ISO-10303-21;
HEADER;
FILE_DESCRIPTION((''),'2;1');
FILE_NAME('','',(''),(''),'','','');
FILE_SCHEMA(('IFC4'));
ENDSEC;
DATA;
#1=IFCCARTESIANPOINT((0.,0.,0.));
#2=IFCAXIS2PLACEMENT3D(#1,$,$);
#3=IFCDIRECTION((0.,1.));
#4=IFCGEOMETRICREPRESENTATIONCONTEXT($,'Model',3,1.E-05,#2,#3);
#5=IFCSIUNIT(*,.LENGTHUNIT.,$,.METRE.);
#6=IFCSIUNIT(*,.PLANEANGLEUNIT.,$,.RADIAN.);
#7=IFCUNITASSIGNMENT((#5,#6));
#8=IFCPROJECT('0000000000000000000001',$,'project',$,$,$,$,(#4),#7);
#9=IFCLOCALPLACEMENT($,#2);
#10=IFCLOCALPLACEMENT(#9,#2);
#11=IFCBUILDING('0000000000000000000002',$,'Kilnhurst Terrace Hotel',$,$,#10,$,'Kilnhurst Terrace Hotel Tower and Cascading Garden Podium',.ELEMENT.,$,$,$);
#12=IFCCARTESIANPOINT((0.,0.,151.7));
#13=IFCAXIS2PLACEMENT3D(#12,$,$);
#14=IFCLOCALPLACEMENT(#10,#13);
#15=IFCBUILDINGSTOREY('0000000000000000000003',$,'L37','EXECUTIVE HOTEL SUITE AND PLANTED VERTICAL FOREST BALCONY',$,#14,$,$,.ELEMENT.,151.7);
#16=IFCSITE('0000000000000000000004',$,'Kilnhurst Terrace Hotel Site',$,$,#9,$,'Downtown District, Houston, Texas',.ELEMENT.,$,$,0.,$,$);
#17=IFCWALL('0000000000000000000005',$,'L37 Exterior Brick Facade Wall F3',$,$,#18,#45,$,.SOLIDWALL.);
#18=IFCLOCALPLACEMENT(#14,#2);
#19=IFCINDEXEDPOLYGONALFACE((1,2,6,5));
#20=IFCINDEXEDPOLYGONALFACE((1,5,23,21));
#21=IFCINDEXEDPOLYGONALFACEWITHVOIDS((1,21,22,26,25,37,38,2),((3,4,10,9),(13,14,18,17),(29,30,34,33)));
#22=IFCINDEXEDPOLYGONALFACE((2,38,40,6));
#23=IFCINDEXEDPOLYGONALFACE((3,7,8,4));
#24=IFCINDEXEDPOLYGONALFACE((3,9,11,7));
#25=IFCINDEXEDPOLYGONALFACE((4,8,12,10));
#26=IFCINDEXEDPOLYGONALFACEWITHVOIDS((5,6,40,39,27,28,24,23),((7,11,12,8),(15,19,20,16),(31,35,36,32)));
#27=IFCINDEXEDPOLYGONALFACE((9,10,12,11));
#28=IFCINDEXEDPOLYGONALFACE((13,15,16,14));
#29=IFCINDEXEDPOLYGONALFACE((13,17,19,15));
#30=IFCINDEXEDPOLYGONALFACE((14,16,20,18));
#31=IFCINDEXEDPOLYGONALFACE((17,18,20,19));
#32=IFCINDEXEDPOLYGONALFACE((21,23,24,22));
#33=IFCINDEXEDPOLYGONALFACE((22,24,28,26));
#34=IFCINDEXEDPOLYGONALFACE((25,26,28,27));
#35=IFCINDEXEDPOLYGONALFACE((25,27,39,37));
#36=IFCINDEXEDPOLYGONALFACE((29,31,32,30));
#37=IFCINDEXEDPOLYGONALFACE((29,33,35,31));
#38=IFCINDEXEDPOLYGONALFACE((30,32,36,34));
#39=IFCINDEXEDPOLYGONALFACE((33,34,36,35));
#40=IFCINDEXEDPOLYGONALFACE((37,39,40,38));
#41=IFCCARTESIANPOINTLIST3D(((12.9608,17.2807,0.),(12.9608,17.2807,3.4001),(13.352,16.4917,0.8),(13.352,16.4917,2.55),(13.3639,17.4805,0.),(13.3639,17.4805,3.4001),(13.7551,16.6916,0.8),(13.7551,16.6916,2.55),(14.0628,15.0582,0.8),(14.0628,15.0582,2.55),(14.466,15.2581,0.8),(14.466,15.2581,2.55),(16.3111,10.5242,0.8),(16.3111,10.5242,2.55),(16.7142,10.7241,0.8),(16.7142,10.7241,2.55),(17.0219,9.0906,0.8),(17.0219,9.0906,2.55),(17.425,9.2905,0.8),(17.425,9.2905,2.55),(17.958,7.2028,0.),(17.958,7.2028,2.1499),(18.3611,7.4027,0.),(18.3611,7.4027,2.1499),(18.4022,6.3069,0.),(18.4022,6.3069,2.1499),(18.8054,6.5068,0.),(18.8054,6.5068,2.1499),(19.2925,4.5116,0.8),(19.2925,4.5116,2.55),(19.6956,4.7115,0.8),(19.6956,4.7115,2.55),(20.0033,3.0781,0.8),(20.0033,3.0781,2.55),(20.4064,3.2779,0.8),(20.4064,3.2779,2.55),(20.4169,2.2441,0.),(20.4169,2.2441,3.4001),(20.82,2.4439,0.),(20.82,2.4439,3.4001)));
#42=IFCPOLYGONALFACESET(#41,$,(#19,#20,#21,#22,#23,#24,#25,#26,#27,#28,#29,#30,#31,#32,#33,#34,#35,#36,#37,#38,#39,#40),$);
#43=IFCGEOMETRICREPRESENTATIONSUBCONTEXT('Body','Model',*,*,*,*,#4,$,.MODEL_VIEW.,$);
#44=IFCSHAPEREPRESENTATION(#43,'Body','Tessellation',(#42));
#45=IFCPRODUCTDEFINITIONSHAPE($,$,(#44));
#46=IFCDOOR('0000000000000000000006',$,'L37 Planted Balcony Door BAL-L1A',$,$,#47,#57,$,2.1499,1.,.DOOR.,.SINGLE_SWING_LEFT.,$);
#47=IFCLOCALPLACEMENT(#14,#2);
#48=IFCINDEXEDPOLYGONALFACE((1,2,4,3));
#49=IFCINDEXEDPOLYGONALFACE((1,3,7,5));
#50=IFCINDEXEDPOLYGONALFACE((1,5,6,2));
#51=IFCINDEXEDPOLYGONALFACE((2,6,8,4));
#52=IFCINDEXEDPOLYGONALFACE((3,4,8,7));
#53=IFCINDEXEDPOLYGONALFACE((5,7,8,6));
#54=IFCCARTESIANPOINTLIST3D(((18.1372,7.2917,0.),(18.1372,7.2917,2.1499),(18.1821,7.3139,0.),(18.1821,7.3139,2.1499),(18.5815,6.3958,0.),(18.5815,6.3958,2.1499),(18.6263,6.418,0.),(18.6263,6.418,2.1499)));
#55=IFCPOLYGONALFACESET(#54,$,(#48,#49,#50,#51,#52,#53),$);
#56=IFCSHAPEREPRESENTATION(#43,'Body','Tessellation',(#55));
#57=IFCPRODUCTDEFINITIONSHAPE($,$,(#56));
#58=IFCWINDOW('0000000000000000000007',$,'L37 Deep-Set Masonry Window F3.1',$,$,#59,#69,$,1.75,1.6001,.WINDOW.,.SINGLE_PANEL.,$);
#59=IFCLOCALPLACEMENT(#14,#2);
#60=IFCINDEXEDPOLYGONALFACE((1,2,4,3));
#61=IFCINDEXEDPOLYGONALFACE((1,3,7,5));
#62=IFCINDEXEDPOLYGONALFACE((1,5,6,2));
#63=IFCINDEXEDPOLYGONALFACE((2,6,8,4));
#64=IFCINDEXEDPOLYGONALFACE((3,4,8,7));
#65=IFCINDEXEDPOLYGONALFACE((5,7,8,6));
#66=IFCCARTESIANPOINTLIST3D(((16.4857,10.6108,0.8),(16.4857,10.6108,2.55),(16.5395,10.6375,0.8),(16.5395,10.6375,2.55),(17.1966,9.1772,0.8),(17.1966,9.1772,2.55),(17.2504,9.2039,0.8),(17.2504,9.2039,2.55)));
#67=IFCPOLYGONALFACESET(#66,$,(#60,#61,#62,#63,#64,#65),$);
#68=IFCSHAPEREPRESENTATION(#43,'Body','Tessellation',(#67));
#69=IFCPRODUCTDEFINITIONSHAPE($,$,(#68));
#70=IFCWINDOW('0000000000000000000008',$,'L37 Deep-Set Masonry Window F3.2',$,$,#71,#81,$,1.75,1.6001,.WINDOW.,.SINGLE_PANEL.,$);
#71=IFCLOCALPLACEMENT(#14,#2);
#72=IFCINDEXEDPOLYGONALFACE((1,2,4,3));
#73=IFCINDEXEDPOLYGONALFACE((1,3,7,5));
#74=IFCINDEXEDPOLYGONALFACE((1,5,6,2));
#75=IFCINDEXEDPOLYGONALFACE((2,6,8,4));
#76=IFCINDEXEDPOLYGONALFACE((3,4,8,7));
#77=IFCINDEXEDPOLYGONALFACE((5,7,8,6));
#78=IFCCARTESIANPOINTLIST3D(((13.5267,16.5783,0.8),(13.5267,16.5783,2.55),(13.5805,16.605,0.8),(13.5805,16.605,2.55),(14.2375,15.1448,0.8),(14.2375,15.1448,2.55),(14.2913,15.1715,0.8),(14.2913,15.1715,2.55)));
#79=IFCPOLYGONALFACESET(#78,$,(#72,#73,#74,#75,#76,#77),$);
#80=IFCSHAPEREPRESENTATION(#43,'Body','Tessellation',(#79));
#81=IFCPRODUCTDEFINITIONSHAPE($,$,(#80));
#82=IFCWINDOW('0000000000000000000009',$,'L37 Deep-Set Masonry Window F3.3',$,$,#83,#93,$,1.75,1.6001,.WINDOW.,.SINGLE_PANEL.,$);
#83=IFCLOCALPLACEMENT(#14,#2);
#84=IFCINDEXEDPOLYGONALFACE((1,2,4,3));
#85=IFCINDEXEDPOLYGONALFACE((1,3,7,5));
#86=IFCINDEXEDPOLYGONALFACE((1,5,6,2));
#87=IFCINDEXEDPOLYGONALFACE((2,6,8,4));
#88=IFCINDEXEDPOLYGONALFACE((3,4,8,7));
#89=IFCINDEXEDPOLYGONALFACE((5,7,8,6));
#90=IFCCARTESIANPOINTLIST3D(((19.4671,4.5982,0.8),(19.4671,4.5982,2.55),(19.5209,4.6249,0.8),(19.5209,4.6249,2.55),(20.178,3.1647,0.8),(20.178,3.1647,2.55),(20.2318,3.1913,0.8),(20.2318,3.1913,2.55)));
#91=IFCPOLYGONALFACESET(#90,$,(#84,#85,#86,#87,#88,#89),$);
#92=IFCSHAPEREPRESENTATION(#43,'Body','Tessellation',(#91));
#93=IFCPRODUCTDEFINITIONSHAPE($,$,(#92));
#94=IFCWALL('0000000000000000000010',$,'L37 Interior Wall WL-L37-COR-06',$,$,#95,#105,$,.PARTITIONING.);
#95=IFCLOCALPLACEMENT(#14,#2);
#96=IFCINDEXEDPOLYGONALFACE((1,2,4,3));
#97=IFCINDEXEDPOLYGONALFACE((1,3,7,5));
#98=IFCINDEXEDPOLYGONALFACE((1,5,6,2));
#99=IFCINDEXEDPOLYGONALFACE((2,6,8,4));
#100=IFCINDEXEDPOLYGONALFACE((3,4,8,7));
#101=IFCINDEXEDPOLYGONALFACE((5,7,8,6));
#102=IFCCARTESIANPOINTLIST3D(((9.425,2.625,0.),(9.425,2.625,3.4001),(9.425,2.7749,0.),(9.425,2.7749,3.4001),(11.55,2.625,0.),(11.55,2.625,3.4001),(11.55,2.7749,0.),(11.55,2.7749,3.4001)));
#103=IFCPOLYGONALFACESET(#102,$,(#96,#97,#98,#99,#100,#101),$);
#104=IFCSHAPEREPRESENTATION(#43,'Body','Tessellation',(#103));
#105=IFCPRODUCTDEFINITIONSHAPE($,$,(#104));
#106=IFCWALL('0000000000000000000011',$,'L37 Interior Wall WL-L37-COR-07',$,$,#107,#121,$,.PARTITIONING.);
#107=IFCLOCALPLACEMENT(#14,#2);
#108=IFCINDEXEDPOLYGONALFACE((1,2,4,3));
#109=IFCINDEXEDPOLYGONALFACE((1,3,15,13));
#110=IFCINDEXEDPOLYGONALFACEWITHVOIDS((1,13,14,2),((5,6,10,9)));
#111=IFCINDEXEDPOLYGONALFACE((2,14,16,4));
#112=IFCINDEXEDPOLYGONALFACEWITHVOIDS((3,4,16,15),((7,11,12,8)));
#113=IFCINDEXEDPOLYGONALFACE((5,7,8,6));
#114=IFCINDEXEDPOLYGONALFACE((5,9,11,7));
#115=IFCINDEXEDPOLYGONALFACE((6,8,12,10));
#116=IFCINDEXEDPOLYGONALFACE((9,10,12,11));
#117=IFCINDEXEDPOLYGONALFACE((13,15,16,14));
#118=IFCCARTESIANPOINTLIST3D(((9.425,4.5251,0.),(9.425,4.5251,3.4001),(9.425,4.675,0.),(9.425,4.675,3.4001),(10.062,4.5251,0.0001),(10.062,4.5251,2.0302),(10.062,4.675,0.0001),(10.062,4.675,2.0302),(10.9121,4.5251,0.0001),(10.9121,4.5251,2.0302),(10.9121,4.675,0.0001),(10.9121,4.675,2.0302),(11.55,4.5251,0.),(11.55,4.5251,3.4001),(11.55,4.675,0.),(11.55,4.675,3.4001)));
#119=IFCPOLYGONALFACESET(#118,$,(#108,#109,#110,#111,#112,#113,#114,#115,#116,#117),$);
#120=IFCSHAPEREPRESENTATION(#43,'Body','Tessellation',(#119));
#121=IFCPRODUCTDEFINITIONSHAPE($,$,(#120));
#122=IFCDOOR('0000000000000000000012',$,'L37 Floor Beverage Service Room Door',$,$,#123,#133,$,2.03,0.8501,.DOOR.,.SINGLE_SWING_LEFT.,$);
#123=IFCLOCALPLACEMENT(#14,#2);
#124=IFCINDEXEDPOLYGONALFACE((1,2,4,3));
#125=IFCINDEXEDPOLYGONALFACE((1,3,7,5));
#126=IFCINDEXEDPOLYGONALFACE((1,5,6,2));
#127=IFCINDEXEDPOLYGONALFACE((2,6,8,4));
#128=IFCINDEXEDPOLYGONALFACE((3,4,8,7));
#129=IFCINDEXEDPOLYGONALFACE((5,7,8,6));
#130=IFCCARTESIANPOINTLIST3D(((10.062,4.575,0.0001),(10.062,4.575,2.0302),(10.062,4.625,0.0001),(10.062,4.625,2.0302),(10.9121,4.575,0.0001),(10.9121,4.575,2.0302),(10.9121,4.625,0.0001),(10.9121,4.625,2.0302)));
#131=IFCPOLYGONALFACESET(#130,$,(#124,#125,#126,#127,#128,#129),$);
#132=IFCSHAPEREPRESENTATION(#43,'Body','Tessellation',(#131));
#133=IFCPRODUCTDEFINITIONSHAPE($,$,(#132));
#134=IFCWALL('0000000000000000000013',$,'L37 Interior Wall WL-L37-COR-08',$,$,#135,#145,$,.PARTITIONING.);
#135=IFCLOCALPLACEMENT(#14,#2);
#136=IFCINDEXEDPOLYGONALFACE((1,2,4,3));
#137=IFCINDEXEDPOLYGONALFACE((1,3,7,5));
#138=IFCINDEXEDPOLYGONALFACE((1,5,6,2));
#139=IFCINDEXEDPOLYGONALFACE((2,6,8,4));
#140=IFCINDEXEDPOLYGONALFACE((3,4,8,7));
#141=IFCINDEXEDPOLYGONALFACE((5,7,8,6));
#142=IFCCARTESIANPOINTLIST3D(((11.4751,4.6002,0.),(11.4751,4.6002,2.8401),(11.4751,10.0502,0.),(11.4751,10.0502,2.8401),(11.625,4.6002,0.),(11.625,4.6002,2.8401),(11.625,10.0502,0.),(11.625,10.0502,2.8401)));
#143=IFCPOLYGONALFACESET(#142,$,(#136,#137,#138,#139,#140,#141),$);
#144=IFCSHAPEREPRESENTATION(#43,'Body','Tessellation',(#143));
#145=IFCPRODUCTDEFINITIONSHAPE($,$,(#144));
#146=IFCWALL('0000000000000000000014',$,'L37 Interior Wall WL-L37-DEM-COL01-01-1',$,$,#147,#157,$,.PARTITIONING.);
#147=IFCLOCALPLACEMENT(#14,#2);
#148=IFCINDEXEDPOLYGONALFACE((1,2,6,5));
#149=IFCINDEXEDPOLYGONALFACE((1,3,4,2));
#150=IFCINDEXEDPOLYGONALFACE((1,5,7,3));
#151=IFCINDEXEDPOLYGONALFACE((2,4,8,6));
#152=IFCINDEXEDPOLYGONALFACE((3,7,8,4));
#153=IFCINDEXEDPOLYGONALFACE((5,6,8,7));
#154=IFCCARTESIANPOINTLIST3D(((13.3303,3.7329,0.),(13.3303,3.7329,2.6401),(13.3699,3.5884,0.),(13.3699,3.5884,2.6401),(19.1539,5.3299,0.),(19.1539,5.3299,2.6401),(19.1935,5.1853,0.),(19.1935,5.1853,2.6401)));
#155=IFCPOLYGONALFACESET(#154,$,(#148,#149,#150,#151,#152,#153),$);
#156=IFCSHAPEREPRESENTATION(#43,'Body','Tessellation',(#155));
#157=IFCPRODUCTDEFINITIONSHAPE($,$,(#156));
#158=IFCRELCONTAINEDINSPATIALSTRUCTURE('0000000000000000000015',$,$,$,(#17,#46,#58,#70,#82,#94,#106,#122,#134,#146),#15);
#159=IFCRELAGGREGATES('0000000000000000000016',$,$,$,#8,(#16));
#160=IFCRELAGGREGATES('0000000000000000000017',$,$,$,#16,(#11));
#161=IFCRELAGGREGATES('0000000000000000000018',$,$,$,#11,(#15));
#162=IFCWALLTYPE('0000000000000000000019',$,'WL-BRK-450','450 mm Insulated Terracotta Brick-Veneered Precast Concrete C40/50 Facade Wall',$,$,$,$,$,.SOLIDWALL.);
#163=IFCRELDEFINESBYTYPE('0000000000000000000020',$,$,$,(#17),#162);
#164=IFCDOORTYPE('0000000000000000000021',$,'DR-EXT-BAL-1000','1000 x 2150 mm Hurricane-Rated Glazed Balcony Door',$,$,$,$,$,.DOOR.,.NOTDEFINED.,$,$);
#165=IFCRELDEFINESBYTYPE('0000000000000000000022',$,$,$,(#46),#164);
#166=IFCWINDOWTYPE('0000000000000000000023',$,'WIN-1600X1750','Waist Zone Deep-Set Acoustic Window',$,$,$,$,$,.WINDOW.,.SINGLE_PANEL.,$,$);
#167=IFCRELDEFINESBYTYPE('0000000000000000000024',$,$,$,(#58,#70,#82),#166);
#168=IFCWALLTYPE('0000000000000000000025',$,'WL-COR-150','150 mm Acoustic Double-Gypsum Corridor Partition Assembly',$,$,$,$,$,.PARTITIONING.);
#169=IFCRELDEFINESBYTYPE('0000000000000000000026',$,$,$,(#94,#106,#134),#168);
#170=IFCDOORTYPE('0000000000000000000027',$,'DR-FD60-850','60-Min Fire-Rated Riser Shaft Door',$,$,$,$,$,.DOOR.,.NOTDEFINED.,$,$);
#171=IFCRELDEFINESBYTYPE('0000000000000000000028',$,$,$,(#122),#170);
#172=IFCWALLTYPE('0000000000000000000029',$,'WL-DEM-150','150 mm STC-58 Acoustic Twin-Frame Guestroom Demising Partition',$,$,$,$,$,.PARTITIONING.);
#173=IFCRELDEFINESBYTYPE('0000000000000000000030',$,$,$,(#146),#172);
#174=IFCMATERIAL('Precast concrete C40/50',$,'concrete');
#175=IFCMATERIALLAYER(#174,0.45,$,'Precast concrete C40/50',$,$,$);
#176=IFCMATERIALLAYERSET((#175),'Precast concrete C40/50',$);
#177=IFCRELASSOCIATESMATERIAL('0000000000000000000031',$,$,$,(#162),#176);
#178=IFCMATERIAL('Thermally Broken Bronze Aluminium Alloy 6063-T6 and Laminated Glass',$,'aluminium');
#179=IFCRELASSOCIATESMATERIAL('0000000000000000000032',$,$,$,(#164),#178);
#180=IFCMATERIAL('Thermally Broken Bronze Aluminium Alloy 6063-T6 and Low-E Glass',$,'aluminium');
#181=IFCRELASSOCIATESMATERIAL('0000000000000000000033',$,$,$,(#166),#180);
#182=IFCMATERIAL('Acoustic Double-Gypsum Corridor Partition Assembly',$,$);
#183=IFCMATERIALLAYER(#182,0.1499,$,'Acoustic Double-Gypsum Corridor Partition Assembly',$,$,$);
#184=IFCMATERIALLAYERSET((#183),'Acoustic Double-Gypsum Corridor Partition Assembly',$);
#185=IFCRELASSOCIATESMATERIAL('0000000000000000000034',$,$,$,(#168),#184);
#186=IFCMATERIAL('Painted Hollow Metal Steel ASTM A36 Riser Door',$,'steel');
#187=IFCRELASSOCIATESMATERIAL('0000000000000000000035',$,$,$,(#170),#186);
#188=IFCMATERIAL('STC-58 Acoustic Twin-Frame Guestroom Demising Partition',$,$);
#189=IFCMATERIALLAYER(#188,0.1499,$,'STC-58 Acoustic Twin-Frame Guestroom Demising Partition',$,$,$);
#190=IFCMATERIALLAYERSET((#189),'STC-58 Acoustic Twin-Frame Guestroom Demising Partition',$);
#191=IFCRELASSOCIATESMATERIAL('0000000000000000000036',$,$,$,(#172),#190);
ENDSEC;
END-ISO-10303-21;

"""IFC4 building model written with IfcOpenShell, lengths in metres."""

from ifc_helpers import new_model, si_unit, direction, frame, frame_2d, origin, place, context, subcontext, project, spatial, rectangle, extrude, material, layer, layer_set, type_object, element, fill, save


model = new_model("IFC4")

# Units and contexts
model_context = context("Model", 3, precision=1e-05, world=origin(), true_north=direction((0.0, 1.0)))
body_context = subcontext(model_context, "Body", "Model", "MODEL_VIEW")
ifc_project = project(units=[si_unit("LENGTHUNIT", "METRE"), si_unit("PLANEANGLEUNIT", "RADIAN")], contexts=[model_context])

# Site, building, storey
site_placement = place(None, origin())
site = spatial("IfcSite", under=ifc_project, at=site_placement, Name="Kilnhurst Terrace Hotel Site", LongName="Downtown District, Houston, Texas", CompositionType="ELEMENT", RefElevation=0.0)
building_placement = place(site_placement, origin())
building = spatial("IfcBuilding", under=site, at=building_placement, Name="Kilnhurst Terrace Hotel", LongName="Kilnhurst Terrace Hotel Tower and Cascading Garden Podium", CompositionType="ELEMENT")
storey_placement = place(building_placement, frame((0.0, 0.0, 151.7)))
storey = spatial("IfcBuildingStorey", under=building, at=storey_placement, Name="L37", Description="EXECUTIVE HOTEL SUITE AND PLANTED VERTICAL FOREST BALCONY", CompositionType="ELEMENT", Elevation=151.7)

# Shared definitions
ifc_material_1 = material(Name="Precast concrete C40/50", Category="concrete")
ifc_layer_1 = layer(ifc_material_1, 0.45, Name="Precast concrete C40/50")
ifc_layer_set_1 = layer_set([ifc_layer_1], Name="Precast concrete C40/50")
wall_type_1 = type_object("IfcWallType", Name="WL-BRK-450", Description="450 mm Insulated Terracotta Brick-Veneered Precast Concrete C40/50 Facade Wall", PredefinedType="SOLIDWALL", material=ifc_layer_set_1)

# Wall, openings, door, windows
wall_1_placement = place(storey_placement, frame((20.6184, 2.344, 0.0), z_axis=(0.0, 0.0, 1.0), x_axis=(-0.444244, 0.895906, 0.0)))
wall_1 = element("IfcWall", 1, at=wall_1_placement, inside=storey, type_object=wall_type_1, Name="L37 Exterior Brick Facade Wall F3", PredefinedType="SOLIDWALL", context=body_context, shape_type="SweptSolid", body=[
    extrude(rectangle(XDim=16.7837, YDim=0.45, at=frame_2d((8.3918, 0.0))), origin(), (0.0, 0.0, 1.0), 3.4001),
])
opening_1_placement = place(wall_1_placement, frame((4.5349, 0.0, 0.0)))
opening_1 = element("IfcOpeningElement", 2, at=opening_1_placement, cuts=wall_1, PredefinedType="OPENING", context=body_context, shape_type="SweptSolid", body=[
    extrude(rectangle(XDim=1.0, YDim=2.1499, at=frame_2d((0.5, 1.075))), frame((0.0, 0.2349, 0.0), z_axis=(0.0, -1.0, 0.0), x_axis=(1.0, 0.0, 0.0)), (0.0, 0.0, 1.0), 0.47),
])
opening_2_placement = place(wall_1_placement, frame((7.6421, 0.0, 0.8)))
opening_2 = element("IfcOpeningElement", 3, at=opening_2_placement, cuts=wall_1, PredefinedType="OPENING", context=body_context, shape_type="SweptSolid", body=[
    extrude(rectangle(XDim=1.6001, YDim=1.75, at=frame_2d((0.8, 0.875))), frame((0.0, 0.2349, 0.0), z_axis=(0.0, -1.0, 0.0), x_axis=(1.0, 0.0, 0.0)), (0.0, 0.0, 1.0), 0.47),
])
opening_3_placement = place(wall_1_placement, frame((14.303, 0.0, 0.8)))
opening_3 = element("IfcOpeningElement", 4, at=opening_3_placement, cuts=wall_1, PredefinedType="OPENING", context=body_context, shape_type="SweptSolid", body=[
    extrude(rectangle(XDim=1.6001, YDim=1.75, at=frame_2d((0.8, 0.875))), frame((0.0, 0.2349, 0.0), z_axis=(0.0, -1.0, 0.0), x_axis=(1.0, 0.0, 0.0)), (0.0, 0.0, 1.0), 0.47),
])
opening_4_placement = place(wall_1_placement, frame((0.9309, 0.0, 0.8)))
opening_4 = element("IfcOpeningElement", 5, at=opening_4_placement, cuts=wall_1, PredefinedType="OPENING", context=body_context, shape_type="SweptSolid", body=[
    extrude(rectangle(XDim=1.6001, YDim=1.75, at=frame_2d((0.8, 0.875))), frame((0.0, 0.2349, 0.0), z_axis=(0.0, -1.0, 0.0), x_axis=(1.0, 0.0, 0.0)), (0.0, 0.0, 1.0), 0.47),
])
ifc_material_2 = material(Name="Thermally Broken Bronze Aluminium Alloy 6063-T6 and Laminated Glass", Category="aluminium")
door_type_1 = type_object("IfcDoorType", Name="DR-EXT-BAL-1000", Description="1000 x 2150 mm Hurricane-Rated Glazed Balcony Door", OperationType="NOTDEFINED", PredefinedType="DOOR", material=ifc_material_2)
door_1_placement = place(opening_1_placement, origin())
door_1 = element("IfcDoor", 6, at=door_1_placement, inside=storey, type_object=door_type_1, Name="L37 Planted Balcony Door BAL-L1A", OperationType="SINGLE_SWING_LEFT", OverallHeight=2.1499, OverallWidth=1.0, PredefinedType="DOOR", context=body_context, shape_type="SweptSolid", body=[
    extrude(rectangle(XDim=1.0, YDim=2.1499, at=frame_2d((0.5, 1.075))), frame((0.0, 0.0249, 0.0), z_axis=(0.0, -1.0, 0.0), x_axis=(1.0, 0.0, 0.0)), (0.0, 0.0, 1.0), 0.05),
])
fill(opening_1, door_1)
ifc_material_3 = material(Name="Thermally Broken Bronze Aluminium Alloy 6063-T6 and Low-E Glass", Category="aluminium")
window_type = type_object("IfcWindowType", Name="WIN-1600X1750", Description="Waist Zone Deep-Set Acoustic Window", PartitioningType="SINGLE_PANEL", PredefinedType="WINDOW", material=ifc_material_3)
window_1_placement = place(opening_2_placement, origin())
window_1 = element("IfcWindow", 7, at=window_1_placement, inside=storey, type_object=window_type, Name="L37 Deep-Set Masonry Window F3.1", OverallHeight=1.75, OverallWidth=1.6001, PartitioningType="SINGLE_PANEL", PredefinedType="WINDOW", context=body_context, shape_type="SweptSolid", body=[
    extrude(rectangle(XDim=1.6001, YDim=1.75, at=frame_2d((0.8, 0.875))), frame((0.0, 0.03, 0.0), z_axis=(0.0, -1.0, 0.0), x_axis=(1.0, 0.0, 0.0)), (0.0, 0.0, 1.0), 0.0601),
])
fill(opening_2, window_1)
window_2_placement = place(opening_3_placement, origin())
window_2 = element("IfcWindow", 8, at=window_2_placement, inside=storey, type_object=window_type, Name="L37 Deep-Set Masonry Window F3.2", OverallHeight=1.75, OverallWidth=1.6001, PartitioningType="SINGLE_PANEL", PredefinedType="WINDOW", context=body_context, shape_type="SweptSolid", body=[
    extrude(rectangle(XDim=1.6001, YDim=1.75, at=frame_2d((0.8, 0.875))), frame((0.0, 0.03, 0.0), z_axis=(0.0, -1.0, 0.0), x_axis=(1.0, 0.0, 0.0)), (0.0, 0.0, 1.0), 0.0601),
])
fill(opening_3, window_2)
window_3_placement = place(opening_4_placement, origin())
window_3 = element("IfcWindow", 9, at=window_3_placement, inside=storey, type_object=window_type, Name="L37 Deep-Set Masonry Window F3.3", OverallHeight=1.75, OverallWidth=1.6001, PartitioningType="SINGLE_PANEL", PredefinedType="WINDOW", context=body_context, shape_type="SweptSolid", body=[
    extrude(rectangle(XDim=1.6001, YDim=1.75, at=frame_2d((0.8, 0.875))), frame((0.0, 0.03, 0.0), z_axis=(0.0, -1.0, 0.0), x_axis=(1.0, 0.0, 0.0)), (0.0, 0.0, 1.0), 0.0601),
])
fill(opening_4, window_3)

# Wall
ifc_material_4 = material(Name="Acoustic Double-Gypsum Corridor Partition Assembly")
ifc_layer_2 = layer(ifc_material_4, 0.1499, Name="Acoustic Double-Gypsum Corridor Partition Assembly")
ifc_layer_set_2 = layer_set([ifc_layer_2], Name="Acoustic Double-Gypsum Corridor Partition Assembly")
wall_type_2 = type_object("IfcWallType", Name="WL-COR-150", Description="150 mm Acoustic Double-Gypsum Corridor Partition Assembly", PredefinedType="PARTITIONING", material=ifc_layer_set_2)
wall_2_placement = place(storey_placement, frame((11.55, 2.7, 0.0), z_axis=(0.0, 0.0, 1.0), x_axis=(-1.0, 0.0, 0.0)))
element("IfcWall", 10, at=wall_2_placement, inside=storey, type_object=wall_type_2, Name="L37 Interior Wall WL-L37-COR-06", PredefinedType="PARTITIONING", context=body_context, shape_type="SweptSolid", body=[
    extrude(rectangle(XDim=2.125, YDim=0.1499, at=frame_2d((1.0625, 0.0))), origin(), (0.0, 0.0, 1.0), 3.4001),
])

# Wall, opening, door
wall_3_placement = place(storey_placement, frame((9.425, 4.6001, 0.0), z_axis=(0.0, 0.0, 1.0), x_axis=(1.0, 0.0, 0.0)))
wall_3 = element("IfcWall", 11, at=wall_3_placement, inside=storey, type_object=wall_type_2, Name="L37 Interior Wall WL-L37-COR-07", PredefinedType="PARTITIONING", context=body_context, shape_type="SweptSolid", body=[
    extrude(rectangle(XDim=2.125, YDim=0.1499, at=frame_2d((1.0625, 0.0))), origin(), (0.0, 0.0, 1.0), 3.4001),
])
opening_5_placement = place(wall_3_placement, frame((0.637, 0.0, 0.0)))
opening_5 = element("IfcOpeningElement", 12, at=opening_5_placement, cuts=wall_3, PredefinedType="OPENING", context=body_context, shape_type="SweptSolid", body=[
    extrude(rectangle(XDim=0.8501, YDim=2.03, at=frame_2d((0.425, 1.0151))), frame((0.0, 0.085, 0.0), z_axis=(0.0, -1.0, 0.0), x_axis=(1.0, 0.0, 0.0)), (0.0, 0.0, 1.0), 0.1699),
])
ifc_material_5 = material(Name="Painted Hollow Metal Steel ASTM A36 Riser Door", Category="steel")
door_type_2 = type_object("IfcDoorType", Name="DR-FD60-850", Description="60-Min Fire-Rated Riser Shaft Door", OperationType="NOTDEFINED", PredefinedType="DOOR", material=ifc_material_5)
door_2_placement = place(opening_5_placement, origin())
door_2 = element("IfcDoor", 13, at=door_2_placement, inside=storey, type_object=door_type_2, Name="L37 Floor Beverage Service Room Door", OperationType="SINGLE_SWING_LEFT", OverallHeight=2.03, OverallWidth=0.8501, PredefinedType="DOOR", context=body_context, shape_type="SweptSolid", body=[
    extrude(rectangle(XDim=0.8501, YDim=2.03, at=frame_2d((0.425, 1.0151))), frame((0.0, 0.0249, 0.0), z_axis=(0.0, -1.0, 0.0), x_axis=(1.0, 0.0, 0.0)), (0.0, 0.0, 1.0), 0.05),
])
fill(opening_5, door_2)

# Walls
wall_4_placement = place(storey_placement, frame((11.55, 4.6001, 0.0), z_axis=(0.0, 0.0, 1.0), x_axis=(0.0, 1.0, 0.0)))
element("IfcWall", 14, at=wall_4_placement, inside=storey, type_object=wall_type_2, Name="L37 Interior Wall WL-L37-COR-08", PredefinedType="PARTITIONING", context=body_context, shape_type="SweptSolid", body=[
    extrude(rectangle(XDim=5.45, YDim=0.1499, at=frame_2d((2.7251, 0.0))), origin(), (0.0, 0.0, 1.0), 2.8401),
])
ifc_material_6 = material(Name="STC-58 Acoustic Twin-Frame Guestroom Demising Partition")
ifc_layer_3 = layer(ifc_material_6, 0.1499, Name="STC-58 Acoustic Twin-Frame Guestroom Demising Partition")
ifc_layer_set_3 = layer_set([ifc_layer_3], Name="STC-58 Acoustic Twin-Frame Guestroom Demising Partition")
wall_type_3 = type_object("IfcWallType", Name="WL-DEM-150", Description="150 mm STC-58 Acoustic Twin-Frame Guestroom Demising Partition", PredefinedType="PARTITIONING", material=ifc_layer_set_3)
wall_5_placement = place(storey_placement, frame((13.3501, 3.6606, 0.0), z_axis=(0.0, 0.0, 1.0), x_axis=(0.964397, 0.264458, 0.0)))
element("IfcWall", 15, at=wall_5_placement, inside=storey, type_object=wall_type_3, Name="L37 Interior Wall WL-L37-DEM-COL01-01-1", PredefinedType="PARTITIONING", context=body_context, shape_type="SweptSolid", body=[
    extrude(rectangle(XDim=6.0386, YDim=0.1499, at=frame_2d((3.0193, 0.0))), origin(), (0.0, 0.0, 1.0), 2.6401),
])

save(model, "model.ifc")
